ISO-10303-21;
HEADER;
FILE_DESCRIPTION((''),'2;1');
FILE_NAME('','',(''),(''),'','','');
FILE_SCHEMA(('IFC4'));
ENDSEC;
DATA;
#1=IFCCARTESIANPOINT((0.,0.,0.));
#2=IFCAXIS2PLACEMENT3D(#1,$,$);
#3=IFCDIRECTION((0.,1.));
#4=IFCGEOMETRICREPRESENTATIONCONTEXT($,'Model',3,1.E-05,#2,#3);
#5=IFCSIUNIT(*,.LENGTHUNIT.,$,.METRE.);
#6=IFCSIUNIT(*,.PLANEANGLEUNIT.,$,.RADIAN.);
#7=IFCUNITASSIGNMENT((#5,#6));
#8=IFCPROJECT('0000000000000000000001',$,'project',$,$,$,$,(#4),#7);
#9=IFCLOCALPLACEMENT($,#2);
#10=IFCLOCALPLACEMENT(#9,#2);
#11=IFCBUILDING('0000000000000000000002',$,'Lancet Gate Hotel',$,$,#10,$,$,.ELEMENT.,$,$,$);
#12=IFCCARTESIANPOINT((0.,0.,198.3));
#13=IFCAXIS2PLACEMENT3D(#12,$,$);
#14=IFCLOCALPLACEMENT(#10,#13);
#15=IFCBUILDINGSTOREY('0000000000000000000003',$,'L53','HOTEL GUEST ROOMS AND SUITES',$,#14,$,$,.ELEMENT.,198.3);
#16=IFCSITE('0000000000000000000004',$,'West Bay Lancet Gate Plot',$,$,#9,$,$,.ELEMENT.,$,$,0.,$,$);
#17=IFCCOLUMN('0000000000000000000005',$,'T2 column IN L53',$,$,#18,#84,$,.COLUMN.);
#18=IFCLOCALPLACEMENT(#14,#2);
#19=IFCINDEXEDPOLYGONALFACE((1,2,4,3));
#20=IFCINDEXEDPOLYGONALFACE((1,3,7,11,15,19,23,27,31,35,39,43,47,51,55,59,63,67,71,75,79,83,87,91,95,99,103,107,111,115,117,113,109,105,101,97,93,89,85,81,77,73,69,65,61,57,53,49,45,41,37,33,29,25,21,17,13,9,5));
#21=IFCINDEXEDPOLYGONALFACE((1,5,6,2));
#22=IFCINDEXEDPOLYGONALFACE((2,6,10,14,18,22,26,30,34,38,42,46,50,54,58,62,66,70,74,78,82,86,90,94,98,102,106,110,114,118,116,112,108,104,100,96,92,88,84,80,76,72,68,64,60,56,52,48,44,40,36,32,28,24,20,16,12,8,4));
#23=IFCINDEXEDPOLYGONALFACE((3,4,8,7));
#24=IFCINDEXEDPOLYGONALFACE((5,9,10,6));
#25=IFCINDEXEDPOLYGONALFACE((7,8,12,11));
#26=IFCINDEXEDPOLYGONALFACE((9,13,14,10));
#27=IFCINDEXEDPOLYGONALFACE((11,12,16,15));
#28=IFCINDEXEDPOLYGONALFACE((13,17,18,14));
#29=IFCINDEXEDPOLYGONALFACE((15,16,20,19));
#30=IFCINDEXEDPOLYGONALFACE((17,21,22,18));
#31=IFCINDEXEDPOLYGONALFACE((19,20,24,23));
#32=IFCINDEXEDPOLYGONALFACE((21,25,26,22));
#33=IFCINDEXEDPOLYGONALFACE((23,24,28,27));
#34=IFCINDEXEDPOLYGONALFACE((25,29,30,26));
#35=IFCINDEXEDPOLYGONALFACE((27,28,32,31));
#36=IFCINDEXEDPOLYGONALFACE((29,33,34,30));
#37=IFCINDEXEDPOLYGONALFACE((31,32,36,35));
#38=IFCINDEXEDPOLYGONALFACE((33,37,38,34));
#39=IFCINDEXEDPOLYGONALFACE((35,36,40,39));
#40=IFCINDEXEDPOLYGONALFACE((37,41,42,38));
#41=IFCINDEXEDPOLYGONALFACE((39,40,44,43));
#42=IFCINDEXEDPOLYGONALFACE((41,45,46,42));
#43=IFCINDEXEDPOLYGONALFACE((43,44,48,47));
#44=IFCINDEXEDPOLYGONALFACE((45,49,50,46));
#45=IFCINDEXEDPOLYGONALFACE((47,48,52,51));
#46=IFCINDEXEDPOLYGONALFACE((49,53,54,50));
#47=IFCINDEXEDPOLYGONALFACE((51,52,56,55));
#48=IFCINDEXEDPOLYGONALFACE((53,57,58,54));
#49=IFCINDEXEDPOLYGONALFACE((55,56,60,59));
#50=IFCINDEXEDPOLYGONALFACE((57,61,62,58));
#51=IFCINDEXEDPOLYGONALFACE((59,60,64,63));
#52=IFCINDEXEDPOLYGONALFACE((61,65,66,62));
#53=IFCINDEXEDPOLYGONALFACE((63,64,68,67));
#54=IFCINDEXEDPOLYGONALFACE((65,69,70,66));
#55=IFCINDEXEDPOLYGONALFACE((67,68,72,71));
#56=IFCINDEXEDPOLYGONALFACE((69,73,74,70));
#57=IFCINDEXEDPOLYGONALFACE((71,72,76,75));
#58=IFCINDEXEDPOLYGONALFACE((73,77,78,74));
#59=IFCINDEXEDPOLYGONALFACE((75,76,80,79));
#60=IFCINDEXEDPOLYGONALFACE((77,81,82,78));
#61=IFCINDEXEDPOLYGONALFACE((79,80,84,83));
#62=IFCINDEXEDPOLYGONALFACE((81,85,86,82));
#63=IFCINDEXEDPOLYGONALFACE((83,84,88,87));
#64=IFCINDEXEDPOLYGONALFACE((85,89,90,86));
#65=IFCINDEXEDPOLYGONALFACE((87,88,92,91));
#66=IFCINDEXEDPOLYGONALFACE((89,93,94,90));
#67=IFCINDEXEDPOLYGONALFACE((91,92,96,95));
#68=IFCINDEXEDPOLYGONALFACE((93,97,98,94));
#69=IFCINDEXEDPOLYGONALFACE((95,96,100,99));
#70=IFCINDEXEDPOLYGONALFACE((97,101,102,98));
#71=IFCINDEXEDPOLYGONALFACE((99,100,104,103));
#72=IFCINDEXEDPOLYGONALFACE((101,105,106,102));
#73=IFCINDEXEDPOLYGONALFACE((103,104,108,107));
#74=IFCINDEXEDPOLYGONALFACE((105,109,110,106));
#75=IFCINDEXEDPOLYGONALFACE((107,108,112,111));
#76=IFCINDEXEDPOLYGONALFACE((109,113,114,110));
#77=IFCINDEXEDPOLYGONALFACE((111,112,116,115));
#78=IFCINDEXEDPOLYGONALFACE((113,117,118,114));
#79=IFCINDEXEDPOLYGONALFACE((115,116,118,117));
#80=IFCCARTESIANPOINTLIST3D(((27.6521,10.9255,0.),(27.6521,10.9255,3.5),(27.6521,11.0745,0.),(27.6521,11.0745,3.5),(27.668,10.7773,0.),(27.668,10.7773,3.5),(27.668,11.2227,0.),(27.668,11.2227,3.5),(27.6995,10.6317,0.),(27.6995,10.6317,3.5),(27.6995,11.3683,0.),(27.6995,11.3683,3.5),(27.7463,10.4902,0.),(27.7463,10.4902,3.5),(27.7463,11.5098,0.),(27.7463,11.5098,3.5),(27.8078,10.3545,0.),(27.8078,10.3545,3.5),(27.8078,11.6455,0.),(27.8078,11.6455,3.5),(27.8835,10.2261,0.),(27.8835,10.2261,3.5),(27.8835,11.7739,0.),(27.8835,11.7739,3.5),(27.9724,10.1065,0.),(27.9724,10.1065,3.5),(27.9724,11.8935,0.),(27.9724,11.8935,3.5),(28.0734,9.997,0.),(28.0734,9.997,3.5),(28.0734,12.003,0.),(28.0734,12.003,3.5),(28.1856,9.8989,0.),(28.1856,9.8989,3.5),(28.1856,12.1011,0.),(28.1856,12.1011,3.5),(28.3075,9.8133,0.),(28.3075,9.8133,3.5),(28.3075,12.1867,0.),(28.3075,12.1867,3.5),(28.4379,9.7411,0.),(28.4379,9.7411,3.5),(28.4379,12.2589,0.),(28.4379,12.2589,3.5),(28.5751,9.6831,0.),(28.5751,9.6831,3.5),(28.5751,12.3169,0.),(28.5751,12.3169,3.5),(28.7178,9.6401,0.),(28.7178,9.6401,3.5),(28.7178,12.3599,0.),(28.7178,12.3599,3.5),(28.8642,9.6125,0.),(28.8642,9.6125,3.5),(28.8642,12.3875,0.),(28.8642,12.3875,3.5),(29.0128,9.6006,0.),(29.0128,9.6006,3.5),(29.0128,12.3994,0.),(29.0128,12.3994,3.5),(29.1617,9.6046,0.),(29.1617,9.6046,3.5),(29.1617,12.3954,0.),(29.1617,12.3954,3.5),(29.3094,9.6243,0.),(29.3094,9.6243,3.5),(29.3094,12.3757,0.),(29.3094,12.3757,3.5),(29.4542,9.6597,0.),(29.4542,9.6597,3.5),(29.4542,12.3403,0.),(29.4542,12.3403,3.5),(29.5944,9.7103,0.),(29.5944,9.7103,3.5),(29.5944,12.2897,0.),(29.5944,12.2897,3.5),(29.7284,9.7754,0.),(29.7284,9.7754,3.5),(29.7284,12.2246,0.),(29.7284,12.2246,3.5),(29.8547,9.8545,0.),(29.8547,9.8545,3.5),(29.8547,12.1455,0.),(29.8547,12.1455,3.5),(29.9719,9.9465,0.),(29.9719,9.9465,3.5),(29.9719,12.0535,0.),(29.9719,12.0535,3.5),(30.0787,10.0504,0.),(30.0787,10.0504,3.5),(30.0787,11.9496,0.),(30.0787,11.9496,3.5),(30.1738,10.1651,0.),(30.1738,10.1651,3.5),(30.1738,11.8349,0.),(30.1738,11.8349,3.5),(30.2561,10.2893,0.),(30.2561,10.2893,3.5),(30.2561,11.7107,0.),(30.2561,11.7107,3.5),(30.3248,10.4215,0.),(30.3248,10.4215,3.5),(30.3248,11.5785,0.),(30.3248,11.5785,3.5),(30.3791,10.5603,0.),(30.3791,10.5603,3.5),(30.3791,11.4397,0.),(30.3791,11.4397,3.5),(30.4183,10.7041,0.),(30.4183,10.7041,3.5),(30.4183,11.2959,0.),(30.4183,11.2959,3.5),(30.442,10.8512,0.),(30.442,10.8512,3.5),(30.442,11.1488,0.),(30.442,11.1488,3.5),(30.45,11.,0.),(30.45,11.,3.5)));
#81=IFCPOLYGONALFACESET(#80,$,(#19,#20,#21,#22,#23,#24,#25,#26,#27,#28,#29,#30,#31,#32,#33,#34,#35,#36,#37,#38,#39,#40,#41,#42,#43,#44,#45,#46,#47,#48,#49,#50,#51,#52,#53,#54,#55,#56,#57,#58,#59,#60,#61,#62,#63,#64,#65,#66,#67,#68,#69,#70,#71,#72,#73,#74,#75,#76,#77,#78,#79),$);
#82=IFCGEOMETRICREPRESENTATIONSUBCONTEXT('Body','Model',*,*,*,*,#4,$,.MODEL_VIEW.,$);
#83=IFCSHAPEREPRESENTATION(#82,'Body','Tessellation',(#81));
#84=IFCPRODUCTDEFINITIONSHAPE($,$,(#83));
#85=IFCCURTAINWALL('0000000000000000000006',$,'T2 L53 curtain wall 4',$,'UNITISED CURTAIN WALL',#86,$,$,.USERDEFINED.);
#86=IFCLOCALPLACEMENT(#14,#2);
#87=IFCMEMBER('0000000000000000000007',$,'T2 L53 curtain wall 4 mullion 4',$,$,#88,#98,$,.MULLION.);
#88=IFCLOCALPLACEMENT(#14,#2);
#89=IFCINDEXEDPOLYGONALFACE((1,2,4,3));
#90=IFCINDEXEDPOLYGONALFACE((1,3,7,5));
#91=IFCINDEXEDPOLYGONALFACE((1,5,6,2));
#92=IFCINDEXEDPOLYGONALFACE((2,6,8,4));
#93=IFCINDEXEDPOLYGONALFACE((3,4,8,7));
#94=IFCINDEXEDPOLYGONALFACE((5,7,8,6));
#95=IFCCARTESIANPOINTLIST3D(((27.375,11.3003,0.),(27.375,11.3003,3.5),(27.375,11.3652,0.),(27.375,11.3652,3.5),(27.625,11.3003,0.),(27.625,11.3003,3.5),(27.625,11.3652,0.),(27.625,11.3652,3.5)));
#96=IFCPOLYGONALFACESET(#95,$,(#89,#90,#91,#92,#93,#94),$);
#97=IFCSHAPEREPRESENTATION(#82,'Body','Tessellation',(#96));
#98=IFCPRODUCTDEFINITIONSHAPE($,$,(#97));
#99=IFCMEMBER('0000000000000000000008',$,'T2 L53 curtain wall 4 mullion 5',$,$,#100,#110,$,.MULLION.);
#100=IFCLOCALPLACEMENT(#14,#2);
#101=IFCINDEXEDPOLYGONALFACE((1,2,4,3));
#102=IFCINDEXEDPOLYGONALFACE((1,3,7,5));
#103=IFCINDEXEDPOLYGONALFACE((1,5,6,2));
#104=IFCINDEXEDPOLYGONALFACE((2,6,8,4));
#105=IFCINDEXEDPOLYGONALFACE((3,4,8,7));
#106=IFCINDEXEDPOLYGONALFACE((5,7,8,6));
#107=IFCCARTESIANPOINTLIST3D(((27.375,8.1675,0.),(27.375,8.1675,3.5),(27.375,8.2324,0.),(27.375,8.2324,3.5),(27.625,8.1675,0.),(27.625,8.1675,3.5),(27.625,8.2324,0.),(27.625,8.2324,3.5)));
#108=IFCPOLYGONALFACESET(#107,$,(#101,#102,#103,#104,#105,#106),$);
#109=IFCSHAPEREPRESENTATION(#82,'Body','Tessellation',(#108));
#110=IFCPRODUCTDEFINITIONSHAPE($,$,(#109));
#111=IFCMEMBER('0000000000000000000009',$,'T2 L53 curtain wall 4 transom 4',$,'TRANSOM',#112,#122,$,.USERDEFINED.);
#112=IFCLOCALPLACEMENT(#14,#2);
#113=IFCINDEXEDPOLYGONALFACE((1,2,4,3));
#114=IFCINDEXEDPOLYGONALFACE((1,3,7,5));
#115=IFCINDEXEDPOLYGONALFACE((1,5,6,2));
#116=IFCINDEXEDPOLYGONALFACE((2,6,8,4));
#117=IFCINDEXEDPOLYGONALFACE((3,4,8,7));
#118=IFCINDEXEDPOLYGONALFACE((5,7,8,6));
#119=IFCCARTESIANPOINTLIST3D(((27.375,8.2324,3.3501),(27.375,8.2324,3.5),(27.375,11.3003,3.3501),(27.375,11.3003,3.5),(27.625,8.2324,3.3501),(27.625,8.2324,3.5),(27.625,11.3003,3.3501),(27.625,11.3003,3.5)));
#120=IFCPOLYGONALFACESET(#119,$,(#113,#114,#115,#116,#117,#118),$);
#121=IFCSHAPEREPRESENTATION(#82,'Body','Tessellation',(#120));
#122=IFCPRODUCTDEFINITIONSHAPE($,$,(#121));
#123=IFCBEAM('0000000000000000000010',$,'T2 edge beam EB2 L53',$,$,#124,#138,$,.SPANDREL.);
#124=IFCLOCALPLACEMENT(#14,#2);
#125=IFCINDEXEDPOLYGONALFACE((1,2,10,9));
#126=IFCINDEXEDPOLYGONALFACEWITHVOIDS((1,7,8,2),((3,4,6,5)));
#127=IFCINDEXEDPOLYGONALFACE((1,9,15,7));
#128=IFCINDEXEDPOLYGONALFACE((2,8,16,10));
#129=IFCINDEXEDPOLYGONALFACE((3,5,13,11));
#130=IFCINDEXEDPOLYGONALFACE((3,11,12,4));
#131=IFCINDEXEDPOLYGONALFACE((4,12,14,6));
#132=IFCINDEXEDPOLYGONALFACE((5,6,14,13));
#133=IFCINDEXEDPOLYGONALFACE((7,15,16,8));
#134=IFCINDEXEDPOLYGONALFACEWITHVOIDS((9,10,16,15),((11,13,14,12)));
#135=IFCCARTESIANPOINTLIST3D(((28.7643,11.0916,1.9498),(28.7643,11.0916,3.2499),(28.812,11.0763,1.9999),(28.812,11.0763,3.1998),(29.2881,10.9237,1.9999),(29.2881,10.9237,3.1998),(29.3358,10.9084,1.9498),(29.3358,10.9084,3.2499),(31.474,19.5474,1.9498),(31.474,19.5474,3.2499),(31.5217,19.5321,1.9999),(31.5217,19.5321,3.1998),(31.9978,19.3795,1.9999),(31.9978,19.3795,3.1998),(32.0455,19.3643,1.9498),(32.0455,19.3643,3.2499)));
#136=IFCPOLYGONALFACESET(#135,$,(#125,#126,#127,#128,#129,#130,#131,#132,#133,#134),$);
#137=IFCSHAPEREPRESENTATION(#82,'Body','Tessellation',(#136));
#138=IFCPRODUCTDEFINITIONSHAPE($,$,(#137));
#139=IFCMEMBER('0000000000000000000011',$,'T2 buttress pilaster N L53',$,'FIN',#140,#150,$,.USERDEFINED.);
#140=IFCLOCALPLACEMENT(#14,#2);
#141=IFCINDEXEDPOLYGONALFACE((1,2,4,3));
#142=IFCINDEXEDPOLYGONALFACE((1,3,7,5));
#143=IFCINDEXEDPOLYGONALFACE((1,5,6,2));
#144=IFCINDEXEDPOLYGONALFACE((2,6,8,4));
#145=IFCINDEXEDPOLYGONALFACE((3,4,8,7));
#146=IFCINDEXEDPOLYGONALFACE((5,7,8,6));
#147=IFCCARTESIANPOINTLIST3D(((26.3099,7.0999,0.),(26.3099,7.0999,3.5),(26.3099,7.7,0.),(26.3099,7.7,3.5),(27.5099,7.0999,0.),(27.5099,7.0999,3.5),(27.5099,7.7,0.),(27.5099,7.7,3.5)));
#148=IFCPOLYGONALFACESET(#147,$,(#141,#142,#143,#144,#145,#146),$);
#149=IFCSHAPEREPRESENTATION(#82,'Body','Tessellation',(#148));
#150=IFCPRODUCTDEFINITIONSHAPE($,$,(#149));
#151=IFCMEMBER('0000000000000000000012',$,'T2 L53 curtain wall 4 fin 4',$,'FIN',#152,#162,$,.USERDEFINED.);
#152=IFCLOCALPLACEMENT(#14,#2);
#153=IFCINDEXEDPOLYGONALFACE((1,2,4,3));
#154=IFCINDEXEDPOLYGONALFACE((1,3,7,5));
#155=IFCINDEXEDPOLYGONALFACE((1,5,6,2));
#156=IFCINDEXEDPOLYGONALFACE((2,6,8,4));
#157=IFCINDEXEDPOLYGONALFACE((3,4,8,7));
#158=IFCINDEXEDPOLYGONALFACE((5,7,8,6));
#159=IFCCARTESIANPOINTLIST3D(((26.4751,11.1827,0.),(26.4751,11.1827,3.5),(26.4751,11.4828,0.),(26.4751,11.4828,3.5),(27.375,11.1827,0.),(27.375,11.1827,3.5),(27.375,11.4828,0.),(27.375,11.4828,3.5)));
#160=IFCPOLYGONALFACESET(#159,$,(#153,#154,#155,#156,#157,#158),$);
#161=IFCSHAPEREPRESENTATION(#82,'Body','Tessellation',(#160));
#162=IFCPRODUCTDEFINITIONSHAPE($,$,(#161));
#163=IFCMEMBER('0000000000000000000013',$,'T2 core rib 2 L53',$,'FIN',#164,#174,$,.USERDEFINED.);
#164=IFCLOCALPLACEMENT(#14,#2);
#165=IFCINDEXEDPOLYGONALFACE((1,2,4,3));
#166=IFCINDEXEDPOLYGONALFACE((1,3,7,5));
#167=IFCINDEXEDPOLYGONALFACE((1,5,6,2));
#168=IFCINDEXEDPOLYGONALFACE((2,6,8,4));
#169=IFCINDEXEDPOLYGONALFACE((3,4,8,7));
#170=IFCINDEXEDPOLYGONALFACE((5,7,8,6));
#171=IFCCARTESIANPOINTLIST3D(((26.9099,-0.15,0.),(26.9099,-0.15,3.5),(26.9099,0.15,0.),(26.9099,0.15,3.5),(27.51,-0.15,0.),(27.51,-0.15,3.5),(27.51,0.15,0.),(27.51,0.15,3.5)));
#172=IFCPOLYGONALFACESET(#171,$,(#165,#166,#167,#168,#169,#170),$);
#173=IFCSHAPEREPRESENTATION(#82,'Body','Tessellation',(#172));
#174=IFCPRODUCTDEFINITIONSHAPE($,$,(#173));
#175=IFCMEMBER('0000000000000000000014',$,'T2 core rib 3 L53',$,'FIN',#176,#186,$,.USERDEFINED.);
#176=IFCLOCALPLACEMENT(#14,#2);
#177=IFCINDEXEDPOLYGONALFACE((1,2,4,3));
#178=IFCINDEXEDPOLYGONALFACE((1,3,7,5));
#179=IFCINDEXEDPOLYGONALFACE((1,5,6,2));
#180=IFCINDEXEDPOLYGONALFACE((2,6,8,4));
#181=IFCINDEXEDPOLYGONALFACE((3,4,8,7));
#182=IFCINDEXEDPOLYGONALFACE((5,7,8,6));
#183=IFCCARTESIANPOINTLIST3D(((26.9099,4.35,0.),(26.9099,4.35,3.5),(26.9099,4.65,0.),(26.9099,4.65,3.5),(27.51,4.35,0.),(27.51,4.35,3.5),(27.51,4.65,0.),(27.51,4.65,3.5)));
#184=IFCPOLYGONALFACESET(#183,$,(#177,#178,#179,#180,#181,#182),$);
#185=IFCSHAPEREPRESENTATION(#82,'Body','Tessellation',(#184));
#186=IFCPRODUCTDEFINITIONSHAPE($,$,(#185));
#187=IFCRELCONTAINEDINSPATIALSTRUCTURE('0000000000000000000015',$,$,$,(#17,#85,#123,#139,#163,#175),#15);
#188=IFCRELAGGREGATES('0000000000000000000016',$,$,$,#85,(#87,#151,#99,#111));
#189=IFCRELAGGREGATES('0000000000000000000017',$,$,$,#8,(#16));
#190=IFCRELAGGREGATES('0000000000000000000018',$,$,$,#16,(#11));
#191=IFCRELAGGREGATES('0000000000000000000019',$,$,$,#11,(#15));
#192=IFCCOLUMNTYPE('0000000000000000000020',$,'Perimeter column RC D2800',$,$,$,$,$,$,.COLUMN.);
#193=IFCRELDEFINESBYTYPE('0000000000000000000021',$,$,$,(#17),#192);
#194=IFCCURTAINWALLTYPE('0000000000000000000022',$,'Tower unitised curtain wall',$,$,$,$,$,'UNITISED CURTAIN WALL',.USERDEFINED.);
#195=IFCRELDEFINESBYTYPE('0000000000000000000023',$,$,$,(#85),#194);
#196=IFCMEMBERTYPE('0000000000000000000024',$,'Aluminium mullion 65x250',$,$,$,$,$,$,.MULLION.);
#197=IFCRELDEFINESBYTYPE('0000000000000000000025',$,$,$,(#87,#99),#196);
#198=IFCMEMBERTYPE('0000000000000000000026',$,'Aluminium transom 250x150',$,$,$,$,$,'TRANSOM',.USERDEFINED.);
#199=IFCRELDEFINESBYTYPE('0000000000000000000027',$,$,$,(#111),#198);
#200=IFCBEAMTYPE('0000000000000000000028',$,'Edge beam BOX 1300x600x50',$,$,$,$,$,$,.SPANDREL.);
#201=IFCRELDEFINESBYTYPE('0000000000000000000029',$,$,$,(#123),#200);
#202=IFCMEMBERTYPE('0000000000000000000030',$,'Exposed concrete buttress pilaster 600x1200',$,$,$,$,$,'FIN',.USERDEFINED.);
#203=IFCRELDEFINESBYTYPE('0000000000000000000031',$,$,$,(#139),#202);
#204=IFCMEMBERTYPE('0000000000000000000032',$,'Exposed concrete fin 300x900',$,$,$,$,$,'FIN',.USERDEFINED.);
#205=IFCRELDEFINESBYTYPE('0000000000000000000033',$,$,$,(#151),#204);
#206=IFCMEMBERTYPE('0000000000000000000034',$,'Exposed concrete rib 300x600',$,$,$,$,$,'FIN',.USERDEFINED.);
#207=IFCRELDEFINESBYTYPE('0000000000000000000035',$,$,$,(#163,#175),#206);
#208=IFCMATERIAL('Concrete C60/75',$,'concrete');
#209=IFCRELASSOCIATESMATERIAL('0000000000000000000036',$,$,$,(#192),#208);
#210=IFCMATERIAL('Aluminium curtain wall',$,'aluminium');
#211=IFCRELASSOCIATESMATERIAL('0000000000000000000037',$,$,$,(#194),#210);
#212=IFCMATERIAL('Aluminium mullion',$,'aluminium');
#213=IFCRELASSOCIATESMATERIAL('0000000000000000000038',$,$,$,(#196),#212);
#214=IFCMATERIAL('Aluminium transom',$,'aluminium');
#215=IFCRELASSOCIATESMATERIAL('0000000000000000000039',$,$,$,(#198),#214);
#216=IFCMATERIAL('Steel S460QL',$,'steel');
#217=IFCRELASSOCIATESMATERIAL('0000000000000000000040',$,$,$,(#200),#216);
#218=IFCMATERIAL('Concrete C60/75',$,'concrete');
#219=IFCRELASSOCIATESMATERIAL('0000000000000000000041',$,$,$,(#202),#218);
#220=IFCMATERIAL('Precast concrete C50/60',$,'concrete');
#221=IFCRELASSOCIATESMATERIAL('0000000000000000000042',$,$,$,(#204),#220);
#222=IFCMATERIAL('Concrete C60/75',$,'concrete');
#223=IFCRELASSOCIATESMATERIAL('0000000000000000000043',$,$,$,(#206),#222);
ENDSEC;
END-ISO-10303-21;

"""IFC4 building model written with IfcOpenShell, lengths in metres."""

from ifc_helpers import new_model, si_unit, direction, frame, origin, origin_2d, place, context, subcontext, project, spatial, rectangle, hollow_rectangle, circle, extrude, material, material_profile, profile_set, type_object, element, aggregate, save


model = new_model("IFC4")

# Units and contexts
model_context = context("Model", 3, precision=1e-05, world=origin(), true_north=direction((0.0, 1.0)))
body_context = subcontext(model_context, "Body", "Model", "MODEL_VIEW")
ifc_project = project(units=[si_unit("LENGTHUNIT", "METRE"), si_unit("PLANEANGLEUNIT", "RADIAN")], contexts=[model_context])

# Site, building, storey
site_placement = place(None, origin())
site = spatial("IfcSite", under=ifc_project, at=site_placement, Name="West Bay Lancet Gate Plot", CompositionType="ELEMENT", RefElevation=0.0)
building_placement = place(site_placement, origin())
building = spatial("IfcBuilding", under=site, at=building_placement, Name="Lancet Gate Hotel", CompositionType="ELEMENT")
storey_placement = place(building_placement, frame((0.0, 0.0, 198.3)))
storey = spatial("IfcBuildingStorey", under=building, at=storey_placement, Name="L53", Description="HOTEL GUEST ROOMS AND SUITES", CompositionType="ELEMENT", Elevation=198.3)

# Column
ifc_material_1 = material(Name="Concrete C60/75", Category="concrete")
ifc_material_profile_1 = material_profile(ifc_material_1, circle(Radius=1.3999, at=origin_2d()), Name="RC D2800")
ifc_profile_set_1 = profile_set([ifc_material_profile_1], Name="Concrete C60/75")
column_type = type_object("IfcColumnType", Name="Perimeter column RC D2800", PredefinedType="COLUMN", material=ifc_profile_set_1)
column_placement = place(storey_placement, frame((29.05, 11.0, 0.0), z_axis=(0.0, 0.0, 1.0), x_axis=(1.0, 0.0, 0.0)))
element("IfcColumn", 1, at=column_placement, inside=storey, type_object=column_type, Name="T2 column IN L53", PredefinedType="COLUMN", context=body_context, shape_type="SweptSolid", body=[
    extrude(circle(Radius=1.3999, at=origin_2d()), origin(), (0.0, 0.0, 1.0), 3.5),
])

# Curtain wall, members
ifc_material_2 = material(Name="Aluminium curtain wall", Category="aluminium")
curtain_wall_type = type_object("IfcCurtainWallType", Name="Tower unitised curtain wall", ElementType="UNITISED CURTAIN WALL", PredefinedType="USERDEFINED", material=ifc_material_2)
curtain_wall_placement = place(storey_placement, origin())
curtain_wall = element("IfcCurtainWall", 2, at=curtain_wall_placement, inside=storey, type_object=curtain_wall_type, Name="T2 L53 curtain wall 4", ObjectType="UNITISED CURTAIN WALL", PredefinedType="USERDEFINED")
ifc_material_3 = material(Name="Aluminium mullion", Category="aluminium")
ifc_material_profile_2 = material_profile(ifc_material_3, rectangle(XDim=0.0649, YDim=0.25, at=origin_2d()), Name="MULLION 65x250")
ifc_profile_set_2 = profile_set([ifc_material_profile_2], Name="Aluminium mullion")
member_type_1 = type_object("IfcMemberType", Name="Aluminium mullion 65x250", PredefinedType="MULLION", material=ifc_profile_set_2)
member_1_placement = place(storey_placement, frame((27.5, 11.3328, 0.0), z_axis=(0.0, 0.0, 1.0), x_axis=(0.0, -1.0, 0.0)))
member_1 = element("IfcMember", 3, at=member_1_placement, type_object=member_type_1, Name="T2 L53 curtain wall 4 mullion 4", PredefinedType="MULLION", context=body_context, shape_type="SweptSolid", body=[
    extrude(rectangle(XDim=0.0649, YDim=0.25, at=origin_2d()), origin(), (0.0, 0.0, 1.0), 3.5),
])
member_2_placement = place(storey_placement, frame((27.5, 8.2, 0.0), z_axis=(0.0, 0.0, 1.0), x_axis=(0.0, -1.0, 0.0)))
member_2 = element("IfcMember", 4, at=member_2_placement, type_object=member_type_1, Name="T2 L53 curtain wall 4 mullion 5", PredefinedType="MULLION", context=body_context, shape_type="SweptSolid", body=[
    extrude(rectangle(XDim=0.0649, YDim=0.25, at=origin_2d()), origin(), (0.0, 0.0, 1.0), 3.5),
])
ifc_material_4 = material(Name="Aluminium transom", Category="aluminium")
ifc_material_profile_3 = material_profile(ifc_material_4, rectangle(XDim=0.25, YDim=0.1499, at=origin_2d()), Name="TRANSOM 250x150")
ifc_profile_set_3 = profile_set([ifc_material_profile_3], Name="Aluminium transom")
member_type_2 = type_object("IfcMemberType", Name="Aluminium transom 250x150", ElementType="TRANSOM", PredefinedType="USERDEFINED", material=ifc_profile_set_3)
member_3_placement = place(storey_placement, frame((27.5, 11.3003, 3.425), z_axis=(0.0, -1.0, 0.0), x_axis=(1.0, 0.0, 0.0)))
member_3 = element("IfcMember", 5, at=member_3_placement, type_object=member_type_2, Name="T2 L53 curtain wall 4 transom 4", ObjectType="TRANSOM", PredefinedType="USERDEFINED", context=body_context, shape_type="SweptSolid", body=[
    extrude(rectangle(XDim=0.25, YDim=0.1499, at=origin_2d()), origin(), (0.0, 0.0, 1.0), 3.0679),
])

# Beam
ifc_material_5 = material(Name="Steel S460QL", Category="steel")
ifc_material_profile_4 = material_profile(ifc_material_5, hollow_rectangle(XDim=0.6001, YDim=1.3, WallThickness=0.05, at=origin_2d()), Name="BOX 1300x600x50")
ifc_profile_set_4 = profile_set([ifc_material_profile_4], Name="Steel S460QL")
beam_type_1 = type_object("IfcBeamType", Name="Edge beam BOX 1300x600x50", PredefinedType="SPANDREL", material=ifc_profile_set_4)
beam_1_placement = place(storey_placement, frame((29.05, 11.0, 2.5999), z_axis=(0.30517, 0.952298, 0.0), x_axis=(-0.952298, 0.30517, 0.0)))
element("IfcBeam", 6, at=beam_1_placement, inside=storey, type_object=beam_type_1, Name="T2 edge beam EB2 L53", PredefinedType="SPANDREL", context=body_context, shape_type="SweptSolid", body=[
    extrude(hollow_rectangle(XDim=0.6001, YDim=1.3, WallThickness=0.05, at=origin_2d()), origin(), (0.0, 0.0, 1.0), 8.8794),
])

# Members
ifc_material_6 = material(Name="Concrete C60/75", Category="concrete")
ifc_material_profile_5 = material_profile(ifc_material_6, rectangle(XDim=0.6001, YDim=1.2, at=origin_2d()), Name="FIN 600x1200")
ifc_profile_set_5 = profile_set([ifc_material_profile_5], Name="Concrete C60/75")
member_type_3 = type_object("IfcMemberType", Name="Exposed concrete buttress pilaster 600x1200", ElementType="FIN", PredefinedType="USERDEFINED", material=ifc_profile_set_5)
member_4_placement = place(storey_placement, frame((26.9099, 7.3999, 0.0), z_axis=(0.0, 0.0, 1.0), x_axis=(0.0, 1.0, 0.0)))
element("IfcMember", 7, at=member_4_placement, inside=storey, type_object=member_type_3, Name="T2 buttress pilaster N L53", ObjectType="FIN", PredefinedType="USERDEFINED", context=body_context, shape_type="SweptSolid", body=[
    extrude(rectangle(XDim=0.6001, YDim=1.2, at=origin_2d()), origin(), (0.0, 0.0, 1.0), 3.5),
])
ifc_material_7 = material(Name="Precast concrete C50/60", Category="concrete")
ifc_material_profile_6 = material_profile(ifc_material_7, rectangle(XDim=0.3, YDim=0.8999, at=origin_2d()), Name="FIN 300x900")
ifc_profile_set_6 = profile_set([ifc_material_profile_6], Name="Precast concrete C50/60")
member_type_4 = type_object("IfcMemberType", Name="Exposed concrete fin 300x900", ElementType="FIN", PredefinedType="USERDEFINED", material=ifc_profile_set_6)
member_5_placement = place(storey_placement, frame((26.925, 11.3328, 0.0), z_axis=(0.0, 0.0, 1.0), x_axis=(0.0, -1.0, 0.0)))
member_5 = element("IfcMember", 8, at=member_5_placement, type_object=member_type_4, Name="T2 L53 curtain wall 4 fin 4", ObjectType="FIN", PredefinedType="USERDEFINED", context=body_context, shape_type="SweptSolid", body=[
    extrude(rectangle(XDim=0.3, YDim=0.8999, at=origin_2d()), origin(), (0.0, 0.0, 1.0), 3.5),
])

# Members
ifc_material_8 = material(Name="Concrete C60/75", Category="concrete")
ifc_material_profile_7 = material_profile(ifc_material_8, rectangle(XDim=0.3, YDim=0.6001, at=origin_2d()), Name="FIN 300x600")
ifc_profile_set_7 = profile_set([ifc_material_profile_7], Name="Concrete C60/75")
member_type_5 = type_object("IfcMemberType", Name="Exposed concrete rib 300x600", ElementType="FIN", PredefinedType="USERDEFINED", material=ifc_profile_set_7)
for number, where, z_axis, x_axis, name in (
    (9, (27.21, 0.0, 0.0), (0.0, 0.0, 1.0), (0.0, 1.0, 0.0), "T2 core rib 2 L53"),
    (10, (27.21, 4.5, 0.0), (0.0, 0.0, 1.0), (0.0, 1.0, 0.0), "T2 core rib 3 L53"),
):
    element("IfcMember", number, at=place(storey_placement, frame(where, z_axis=z_axis, x_axis=x_axis)), inside=storey, type_object=member_type_5, Name=name, ObjectType="FIN", PredefinedType="USERDEFINED", context=body_context, shape_type="SweptSolid", body=[
        extrude(rectangle(XDim=0.3, YDim=0.6001, at=origin_2d()), origin(), (0.0, 0.0, 1.0), 3.5),
    ])

aggregate(curtain_wall, [member_1, member_5, member_2, member_3])

save(model, "model.ifc")
